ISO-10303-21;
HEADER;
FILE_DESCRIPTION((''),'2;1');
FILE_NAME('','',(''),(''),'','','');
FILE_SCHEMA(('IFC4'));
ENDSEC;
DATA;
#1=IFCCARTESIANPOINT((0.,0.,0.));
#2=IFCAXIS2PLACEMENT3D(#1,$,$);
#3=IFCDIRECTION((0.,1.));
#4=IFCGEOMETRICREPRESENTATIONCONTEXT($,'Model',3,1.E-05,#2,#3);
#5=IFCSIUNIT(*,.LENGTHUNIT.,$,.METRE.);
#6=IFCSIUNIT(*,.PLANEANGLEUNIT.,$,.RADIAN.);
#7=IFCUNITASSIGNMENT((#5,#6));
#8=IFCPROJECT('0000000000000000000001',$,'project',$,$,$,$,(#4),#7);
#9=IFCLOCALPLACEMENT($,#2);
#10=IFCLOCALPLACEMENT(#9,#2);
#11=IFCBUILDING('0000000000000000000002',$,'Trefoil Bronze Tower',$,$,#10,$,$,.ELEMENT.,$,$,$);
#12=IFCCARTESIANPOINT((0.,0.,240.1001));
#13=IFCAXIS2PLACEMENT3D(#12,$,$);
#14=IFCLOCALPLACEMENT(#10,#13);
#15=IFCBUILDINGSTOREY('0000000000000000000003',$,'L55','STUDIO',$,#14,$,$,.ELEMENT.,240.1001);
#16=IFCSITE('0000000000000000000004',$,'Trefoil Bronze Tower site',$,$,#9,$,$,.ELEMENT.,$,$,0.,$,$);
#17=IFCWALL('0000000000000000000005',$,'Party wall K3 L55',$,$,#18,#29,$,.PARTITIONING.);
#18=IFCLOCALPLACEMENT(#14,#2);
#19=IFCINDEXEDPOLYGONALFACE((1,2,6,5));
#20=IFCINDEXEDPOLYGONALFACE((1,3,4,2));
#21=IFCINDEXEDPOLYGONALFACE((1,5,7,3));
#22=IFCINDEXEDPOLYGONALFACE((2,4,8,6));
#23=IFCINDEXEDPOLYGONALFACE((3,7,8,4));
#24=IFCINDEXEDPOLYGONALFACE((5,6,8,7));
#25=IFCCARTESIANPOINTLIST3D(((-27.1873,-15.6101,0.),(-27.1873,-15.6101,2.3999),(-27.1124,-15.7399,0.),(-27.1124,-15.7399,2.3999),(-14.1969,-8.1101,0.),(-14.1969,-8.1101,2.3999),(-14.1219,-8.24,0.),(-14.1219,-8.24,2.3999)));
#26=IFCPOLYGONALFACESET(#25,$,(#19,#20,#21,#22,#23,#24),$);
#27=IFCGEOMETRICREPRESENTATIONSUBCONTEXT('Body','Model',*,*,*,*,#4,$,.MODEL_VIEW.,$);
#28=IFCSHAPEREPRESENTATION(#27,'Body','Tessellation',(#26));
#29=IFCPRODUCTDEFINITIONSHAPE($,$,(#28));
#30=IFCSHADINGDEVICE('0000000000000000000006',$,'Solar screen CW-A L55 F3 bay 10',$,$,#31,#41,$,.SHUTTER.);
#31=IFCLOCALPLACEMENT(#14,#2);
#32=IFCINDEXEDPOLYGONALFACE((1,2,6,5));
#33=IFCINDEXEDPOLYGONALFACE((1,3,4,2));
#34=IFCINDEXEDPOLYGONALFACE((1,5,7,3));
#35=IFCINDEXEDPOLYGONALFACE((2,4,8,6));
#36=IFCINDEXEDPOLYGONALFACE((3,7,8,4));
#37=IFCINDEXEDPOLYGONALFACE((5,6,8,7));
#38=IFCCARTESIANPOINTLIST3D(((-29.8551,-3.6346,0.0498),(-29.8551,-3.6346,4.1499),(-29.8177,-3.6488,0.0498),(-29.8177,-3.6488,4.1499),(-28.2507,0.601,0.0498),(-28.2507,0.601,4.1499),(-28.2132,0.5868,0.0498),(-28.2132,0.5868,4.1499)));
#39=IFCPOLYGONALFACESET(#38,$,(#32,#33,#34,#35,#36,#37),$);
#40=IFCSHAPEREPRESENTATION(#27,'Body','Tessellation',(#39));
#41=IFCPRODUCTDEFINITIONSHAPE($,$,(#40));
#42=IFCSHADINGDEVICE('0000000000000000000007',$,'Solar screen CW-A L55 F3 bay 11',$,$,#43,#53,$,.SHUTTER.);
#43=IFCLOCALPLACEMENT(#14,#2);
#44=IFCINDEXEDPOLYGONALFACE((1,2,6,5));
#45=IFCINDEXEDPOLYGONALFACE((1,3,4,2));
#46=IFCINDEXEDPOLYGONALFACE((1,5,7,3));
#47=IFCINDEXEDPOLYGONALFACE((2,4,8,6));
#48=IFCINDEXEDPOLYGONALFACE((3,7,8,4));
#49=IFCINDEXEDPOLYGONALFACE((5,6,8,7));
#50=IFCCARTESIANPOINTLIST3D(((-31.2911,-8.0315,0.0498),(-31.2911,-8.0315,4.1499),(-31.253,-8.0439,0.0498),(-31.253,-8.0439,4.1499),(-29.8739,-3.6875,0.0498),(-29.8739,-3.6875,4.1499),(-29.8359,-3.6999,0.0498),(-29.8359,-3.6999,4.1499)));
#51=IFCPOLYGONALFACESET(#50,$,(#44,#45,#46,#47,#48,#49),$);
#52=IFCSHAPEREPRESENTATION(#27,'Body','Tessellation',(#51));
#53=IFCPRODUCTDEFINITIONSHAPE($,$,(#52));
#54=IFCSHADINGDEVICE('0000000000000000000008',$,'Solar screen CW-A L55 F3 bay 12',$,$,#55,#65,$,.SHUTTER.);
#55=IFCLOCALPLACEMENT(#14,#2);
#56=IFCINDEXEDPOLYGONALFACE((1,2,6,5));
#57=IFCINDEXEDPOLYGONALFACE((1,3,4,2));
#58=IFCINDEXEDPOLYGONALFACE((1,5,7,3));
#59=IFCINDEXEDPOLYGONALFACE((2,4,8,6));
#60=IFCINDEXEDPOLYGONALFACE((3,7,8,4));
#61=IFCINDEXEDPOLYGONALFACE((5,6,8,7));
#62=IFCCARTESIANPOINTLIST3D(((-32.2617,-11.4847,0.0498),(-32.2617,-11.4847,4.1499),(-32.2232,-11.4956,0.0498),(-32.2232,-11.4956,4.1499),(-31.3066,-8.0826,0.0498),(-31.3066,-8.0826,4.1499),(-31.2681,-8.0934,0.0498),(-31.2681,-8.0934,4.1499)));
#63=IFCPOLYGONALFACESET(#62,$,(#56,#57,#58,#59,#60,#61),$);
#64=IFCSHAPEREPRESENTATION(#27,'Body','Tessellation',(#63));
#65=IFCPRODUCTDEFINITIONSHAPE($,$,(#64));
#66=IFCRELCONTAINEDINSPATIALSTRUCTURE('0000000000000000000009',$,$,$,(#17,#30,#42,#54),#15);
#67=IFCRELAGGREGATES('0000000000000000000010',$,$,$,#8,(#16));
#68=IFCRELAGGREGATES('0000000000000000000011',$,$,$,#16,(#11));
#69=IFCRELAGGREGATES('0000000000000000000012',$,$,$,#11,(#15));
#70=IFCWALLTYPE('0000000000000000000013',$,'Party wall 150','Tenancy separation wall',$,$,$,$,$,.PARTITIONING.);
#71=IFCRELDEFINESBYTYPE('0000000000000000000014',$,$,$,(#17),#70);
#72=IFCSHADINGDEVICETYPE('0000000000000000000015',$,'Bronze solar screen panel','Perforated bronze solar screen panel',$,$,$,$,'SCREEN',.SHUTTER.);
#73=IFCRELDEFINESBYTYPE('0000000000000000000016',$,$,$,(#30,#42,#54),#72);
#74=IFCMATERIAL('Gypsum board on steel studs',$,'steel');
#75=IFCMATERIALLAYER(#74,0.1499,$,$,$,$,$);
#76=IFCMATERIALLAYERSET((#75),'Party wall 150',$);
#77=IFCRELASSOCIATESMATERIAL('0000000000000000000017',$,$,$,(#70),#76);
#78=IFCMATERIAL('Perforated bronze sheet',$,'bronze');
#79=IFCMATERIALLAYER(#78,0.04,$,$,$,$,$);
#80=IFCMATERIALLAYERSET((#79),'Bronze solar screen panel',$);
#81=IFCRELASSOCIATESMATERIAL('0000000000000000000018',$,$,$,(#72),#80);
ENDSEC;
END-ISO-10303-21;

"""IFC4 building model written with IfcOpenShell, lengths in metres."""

from ifc_helpers import new_model, si_unit, direction, frame, frame_2d, origin, origin_2d, place, context, subcontext, project, spatial, rectangle, extrude, material, layer, layer_set, type_object, element, save


model = new_model("IFC4")

# Units and contexts
model_context = context("Model", 3, precision=1e-05, world=origin(), true_north=direction((0.0, 1.0)))
body_context = subcontext(model_context, "Body", "Model", "MODEL_VIEW")
ifc_project = project(units=[si_unit("LENGTHUNIT", "METRE"), si_unit("PLANEANGLEUNIT", "RADIAN")], contexts=[model_context])

# Site, building, storey
site_placement = place(None, origin())
site = spatial("IfcSite", under=ifc_project, at=site_placement, Name="Trefoil Bronze Tower site", CompositionType="ELEMENT", RefElevation=0.0)
building_placement = place(site_placement, origin())
building = spatial("IfcBuilding", under=site, at=building_placement, Name="Trefoil Bronze Tower", CompositionType="ELEMENT")
storey_placement = place(building_placement, frame((0.0, 0.0, 240.1001)))
storey = spatial("IfcBuildingStorey", under=building, at=storey_placement, Name="L55", Description="STUDIO", CompositionType="ELEMENT", Elevation=240.1001)

# Wall
ifc_material_1 = material(Name="Gypsum board on steel studs", Category="steel")
ifc_layer_1 = layer(ifc_material_1, 0.1499)
ifc_layer_set_1 = layer_set([ifc_layer_1], Name="Party wall 150")
wall_type_1 = type_object("IfcWallType", Name="Party wall 150", Description="Tenancy separation wall", PredefinedType="PARTITIONING", material=ifc_layer_set_1)
wall_1_placement = place(storey_placement, frame((-14.1594, -8.175, 0.0), z_axis=(0.0, 0.0, 1.0), x_axis=(-0.866027, -0.499997, 0.0)))
element("IfcWall", 1, at=wall_1_placement, inside=storey, type_object=wall_type_1, Name="Party wall K3 L55", PredefinedType="PARTITIONING", context=body_context, shape_type="SweptSolid", body=[
    extrude(rectangle(XDim=15.0, YDim=0.1499, at=frame_2d((7.5, 0.0))), origin(), (0.0, 0.0, 1.0), 2.3999),
])

# Shading devices
ifc_material_2 = material(Name="Perforated bronze sheet", Category="bronze")
ifc_layer_2 = layer(ifc_material_2, 0.04)
ifc_layer_set_2 = layer_set([ifc_layer_2], Name="Bronze solar screen panel")
shading_device_type = type_object("IfcShadingDeviceType", Name="Bronze solar screen panel", Description="Perforated bronze solar screen panel", ElementType="SCREEN", PredefinedType="SHUTTER", material=ifc_layer_set_2)
shading_device_1_placement = place(storey_placement, frame((-29.0342, -1.5239, 0.0498), z_axis=(0.0, 0.0, 1.0), x_axis=(-0.354234, -0.935157, 0.0)))
element("IfcShadingDevice", 2, at=shading_device_1_placement, inside=storey, type_object=shading_device_type, Name="Solar screen CW-A L55 F3 bay 10", PredefinedType="SHUTTER", context=body_context, shape_type="SweptSolid", body=[
    extrude(rectangle(XDim=4.5293, YDim=0.04, at=origin_2d()), origin(), (0.0, 0.0, 1.0), 4.1001),
])
shading_device_2_placement = place(storey_placement, frame((-30.5635, -5.8657, 0.0498), z_axis=(0.0, 0.0, 1.0), x_axis=(-0.310149, -0.950688, 0.0)))
element("IfcShadingDevice", 3, at=shading_device_2_placement, inside=storey, type_object=shading_device_type, Name="Solar screen CW-A L55 F3 bay 11", PredefinedType="SHUTTER", context=body_context, shape_type="SweptSolid", body=[
    extrude(rectangle(XDim=4.5693, YDim=0.04, at=origin_2d()), origin(), (0.0, 0.0, 1.0), 4.1001),
])
shading_device_3_placement = place(storey_placement, frame((-31.7649, -9.7891, 0.0498), z_axis=(0.0, 0.0, 1.0), x_axis=(-0.270282, -0.962781, 0.0)))
element("IfcShadingDevice", 4, at=shading_device_3_placement, inside=storey, type_object=shading_device_type, Name="Solar screen CW-A L55 F3 bay 12", PredefinedType="SHUTTER", context=body_context, shape_type="SweptSolid", body=[
    extrude(rectangle(XDim=3.5337, YDim=0.04, at=origin_2d()), origin(), (0.0, 0.0, 1.0), 4.1001),
])

save(model, "model.ifc")
